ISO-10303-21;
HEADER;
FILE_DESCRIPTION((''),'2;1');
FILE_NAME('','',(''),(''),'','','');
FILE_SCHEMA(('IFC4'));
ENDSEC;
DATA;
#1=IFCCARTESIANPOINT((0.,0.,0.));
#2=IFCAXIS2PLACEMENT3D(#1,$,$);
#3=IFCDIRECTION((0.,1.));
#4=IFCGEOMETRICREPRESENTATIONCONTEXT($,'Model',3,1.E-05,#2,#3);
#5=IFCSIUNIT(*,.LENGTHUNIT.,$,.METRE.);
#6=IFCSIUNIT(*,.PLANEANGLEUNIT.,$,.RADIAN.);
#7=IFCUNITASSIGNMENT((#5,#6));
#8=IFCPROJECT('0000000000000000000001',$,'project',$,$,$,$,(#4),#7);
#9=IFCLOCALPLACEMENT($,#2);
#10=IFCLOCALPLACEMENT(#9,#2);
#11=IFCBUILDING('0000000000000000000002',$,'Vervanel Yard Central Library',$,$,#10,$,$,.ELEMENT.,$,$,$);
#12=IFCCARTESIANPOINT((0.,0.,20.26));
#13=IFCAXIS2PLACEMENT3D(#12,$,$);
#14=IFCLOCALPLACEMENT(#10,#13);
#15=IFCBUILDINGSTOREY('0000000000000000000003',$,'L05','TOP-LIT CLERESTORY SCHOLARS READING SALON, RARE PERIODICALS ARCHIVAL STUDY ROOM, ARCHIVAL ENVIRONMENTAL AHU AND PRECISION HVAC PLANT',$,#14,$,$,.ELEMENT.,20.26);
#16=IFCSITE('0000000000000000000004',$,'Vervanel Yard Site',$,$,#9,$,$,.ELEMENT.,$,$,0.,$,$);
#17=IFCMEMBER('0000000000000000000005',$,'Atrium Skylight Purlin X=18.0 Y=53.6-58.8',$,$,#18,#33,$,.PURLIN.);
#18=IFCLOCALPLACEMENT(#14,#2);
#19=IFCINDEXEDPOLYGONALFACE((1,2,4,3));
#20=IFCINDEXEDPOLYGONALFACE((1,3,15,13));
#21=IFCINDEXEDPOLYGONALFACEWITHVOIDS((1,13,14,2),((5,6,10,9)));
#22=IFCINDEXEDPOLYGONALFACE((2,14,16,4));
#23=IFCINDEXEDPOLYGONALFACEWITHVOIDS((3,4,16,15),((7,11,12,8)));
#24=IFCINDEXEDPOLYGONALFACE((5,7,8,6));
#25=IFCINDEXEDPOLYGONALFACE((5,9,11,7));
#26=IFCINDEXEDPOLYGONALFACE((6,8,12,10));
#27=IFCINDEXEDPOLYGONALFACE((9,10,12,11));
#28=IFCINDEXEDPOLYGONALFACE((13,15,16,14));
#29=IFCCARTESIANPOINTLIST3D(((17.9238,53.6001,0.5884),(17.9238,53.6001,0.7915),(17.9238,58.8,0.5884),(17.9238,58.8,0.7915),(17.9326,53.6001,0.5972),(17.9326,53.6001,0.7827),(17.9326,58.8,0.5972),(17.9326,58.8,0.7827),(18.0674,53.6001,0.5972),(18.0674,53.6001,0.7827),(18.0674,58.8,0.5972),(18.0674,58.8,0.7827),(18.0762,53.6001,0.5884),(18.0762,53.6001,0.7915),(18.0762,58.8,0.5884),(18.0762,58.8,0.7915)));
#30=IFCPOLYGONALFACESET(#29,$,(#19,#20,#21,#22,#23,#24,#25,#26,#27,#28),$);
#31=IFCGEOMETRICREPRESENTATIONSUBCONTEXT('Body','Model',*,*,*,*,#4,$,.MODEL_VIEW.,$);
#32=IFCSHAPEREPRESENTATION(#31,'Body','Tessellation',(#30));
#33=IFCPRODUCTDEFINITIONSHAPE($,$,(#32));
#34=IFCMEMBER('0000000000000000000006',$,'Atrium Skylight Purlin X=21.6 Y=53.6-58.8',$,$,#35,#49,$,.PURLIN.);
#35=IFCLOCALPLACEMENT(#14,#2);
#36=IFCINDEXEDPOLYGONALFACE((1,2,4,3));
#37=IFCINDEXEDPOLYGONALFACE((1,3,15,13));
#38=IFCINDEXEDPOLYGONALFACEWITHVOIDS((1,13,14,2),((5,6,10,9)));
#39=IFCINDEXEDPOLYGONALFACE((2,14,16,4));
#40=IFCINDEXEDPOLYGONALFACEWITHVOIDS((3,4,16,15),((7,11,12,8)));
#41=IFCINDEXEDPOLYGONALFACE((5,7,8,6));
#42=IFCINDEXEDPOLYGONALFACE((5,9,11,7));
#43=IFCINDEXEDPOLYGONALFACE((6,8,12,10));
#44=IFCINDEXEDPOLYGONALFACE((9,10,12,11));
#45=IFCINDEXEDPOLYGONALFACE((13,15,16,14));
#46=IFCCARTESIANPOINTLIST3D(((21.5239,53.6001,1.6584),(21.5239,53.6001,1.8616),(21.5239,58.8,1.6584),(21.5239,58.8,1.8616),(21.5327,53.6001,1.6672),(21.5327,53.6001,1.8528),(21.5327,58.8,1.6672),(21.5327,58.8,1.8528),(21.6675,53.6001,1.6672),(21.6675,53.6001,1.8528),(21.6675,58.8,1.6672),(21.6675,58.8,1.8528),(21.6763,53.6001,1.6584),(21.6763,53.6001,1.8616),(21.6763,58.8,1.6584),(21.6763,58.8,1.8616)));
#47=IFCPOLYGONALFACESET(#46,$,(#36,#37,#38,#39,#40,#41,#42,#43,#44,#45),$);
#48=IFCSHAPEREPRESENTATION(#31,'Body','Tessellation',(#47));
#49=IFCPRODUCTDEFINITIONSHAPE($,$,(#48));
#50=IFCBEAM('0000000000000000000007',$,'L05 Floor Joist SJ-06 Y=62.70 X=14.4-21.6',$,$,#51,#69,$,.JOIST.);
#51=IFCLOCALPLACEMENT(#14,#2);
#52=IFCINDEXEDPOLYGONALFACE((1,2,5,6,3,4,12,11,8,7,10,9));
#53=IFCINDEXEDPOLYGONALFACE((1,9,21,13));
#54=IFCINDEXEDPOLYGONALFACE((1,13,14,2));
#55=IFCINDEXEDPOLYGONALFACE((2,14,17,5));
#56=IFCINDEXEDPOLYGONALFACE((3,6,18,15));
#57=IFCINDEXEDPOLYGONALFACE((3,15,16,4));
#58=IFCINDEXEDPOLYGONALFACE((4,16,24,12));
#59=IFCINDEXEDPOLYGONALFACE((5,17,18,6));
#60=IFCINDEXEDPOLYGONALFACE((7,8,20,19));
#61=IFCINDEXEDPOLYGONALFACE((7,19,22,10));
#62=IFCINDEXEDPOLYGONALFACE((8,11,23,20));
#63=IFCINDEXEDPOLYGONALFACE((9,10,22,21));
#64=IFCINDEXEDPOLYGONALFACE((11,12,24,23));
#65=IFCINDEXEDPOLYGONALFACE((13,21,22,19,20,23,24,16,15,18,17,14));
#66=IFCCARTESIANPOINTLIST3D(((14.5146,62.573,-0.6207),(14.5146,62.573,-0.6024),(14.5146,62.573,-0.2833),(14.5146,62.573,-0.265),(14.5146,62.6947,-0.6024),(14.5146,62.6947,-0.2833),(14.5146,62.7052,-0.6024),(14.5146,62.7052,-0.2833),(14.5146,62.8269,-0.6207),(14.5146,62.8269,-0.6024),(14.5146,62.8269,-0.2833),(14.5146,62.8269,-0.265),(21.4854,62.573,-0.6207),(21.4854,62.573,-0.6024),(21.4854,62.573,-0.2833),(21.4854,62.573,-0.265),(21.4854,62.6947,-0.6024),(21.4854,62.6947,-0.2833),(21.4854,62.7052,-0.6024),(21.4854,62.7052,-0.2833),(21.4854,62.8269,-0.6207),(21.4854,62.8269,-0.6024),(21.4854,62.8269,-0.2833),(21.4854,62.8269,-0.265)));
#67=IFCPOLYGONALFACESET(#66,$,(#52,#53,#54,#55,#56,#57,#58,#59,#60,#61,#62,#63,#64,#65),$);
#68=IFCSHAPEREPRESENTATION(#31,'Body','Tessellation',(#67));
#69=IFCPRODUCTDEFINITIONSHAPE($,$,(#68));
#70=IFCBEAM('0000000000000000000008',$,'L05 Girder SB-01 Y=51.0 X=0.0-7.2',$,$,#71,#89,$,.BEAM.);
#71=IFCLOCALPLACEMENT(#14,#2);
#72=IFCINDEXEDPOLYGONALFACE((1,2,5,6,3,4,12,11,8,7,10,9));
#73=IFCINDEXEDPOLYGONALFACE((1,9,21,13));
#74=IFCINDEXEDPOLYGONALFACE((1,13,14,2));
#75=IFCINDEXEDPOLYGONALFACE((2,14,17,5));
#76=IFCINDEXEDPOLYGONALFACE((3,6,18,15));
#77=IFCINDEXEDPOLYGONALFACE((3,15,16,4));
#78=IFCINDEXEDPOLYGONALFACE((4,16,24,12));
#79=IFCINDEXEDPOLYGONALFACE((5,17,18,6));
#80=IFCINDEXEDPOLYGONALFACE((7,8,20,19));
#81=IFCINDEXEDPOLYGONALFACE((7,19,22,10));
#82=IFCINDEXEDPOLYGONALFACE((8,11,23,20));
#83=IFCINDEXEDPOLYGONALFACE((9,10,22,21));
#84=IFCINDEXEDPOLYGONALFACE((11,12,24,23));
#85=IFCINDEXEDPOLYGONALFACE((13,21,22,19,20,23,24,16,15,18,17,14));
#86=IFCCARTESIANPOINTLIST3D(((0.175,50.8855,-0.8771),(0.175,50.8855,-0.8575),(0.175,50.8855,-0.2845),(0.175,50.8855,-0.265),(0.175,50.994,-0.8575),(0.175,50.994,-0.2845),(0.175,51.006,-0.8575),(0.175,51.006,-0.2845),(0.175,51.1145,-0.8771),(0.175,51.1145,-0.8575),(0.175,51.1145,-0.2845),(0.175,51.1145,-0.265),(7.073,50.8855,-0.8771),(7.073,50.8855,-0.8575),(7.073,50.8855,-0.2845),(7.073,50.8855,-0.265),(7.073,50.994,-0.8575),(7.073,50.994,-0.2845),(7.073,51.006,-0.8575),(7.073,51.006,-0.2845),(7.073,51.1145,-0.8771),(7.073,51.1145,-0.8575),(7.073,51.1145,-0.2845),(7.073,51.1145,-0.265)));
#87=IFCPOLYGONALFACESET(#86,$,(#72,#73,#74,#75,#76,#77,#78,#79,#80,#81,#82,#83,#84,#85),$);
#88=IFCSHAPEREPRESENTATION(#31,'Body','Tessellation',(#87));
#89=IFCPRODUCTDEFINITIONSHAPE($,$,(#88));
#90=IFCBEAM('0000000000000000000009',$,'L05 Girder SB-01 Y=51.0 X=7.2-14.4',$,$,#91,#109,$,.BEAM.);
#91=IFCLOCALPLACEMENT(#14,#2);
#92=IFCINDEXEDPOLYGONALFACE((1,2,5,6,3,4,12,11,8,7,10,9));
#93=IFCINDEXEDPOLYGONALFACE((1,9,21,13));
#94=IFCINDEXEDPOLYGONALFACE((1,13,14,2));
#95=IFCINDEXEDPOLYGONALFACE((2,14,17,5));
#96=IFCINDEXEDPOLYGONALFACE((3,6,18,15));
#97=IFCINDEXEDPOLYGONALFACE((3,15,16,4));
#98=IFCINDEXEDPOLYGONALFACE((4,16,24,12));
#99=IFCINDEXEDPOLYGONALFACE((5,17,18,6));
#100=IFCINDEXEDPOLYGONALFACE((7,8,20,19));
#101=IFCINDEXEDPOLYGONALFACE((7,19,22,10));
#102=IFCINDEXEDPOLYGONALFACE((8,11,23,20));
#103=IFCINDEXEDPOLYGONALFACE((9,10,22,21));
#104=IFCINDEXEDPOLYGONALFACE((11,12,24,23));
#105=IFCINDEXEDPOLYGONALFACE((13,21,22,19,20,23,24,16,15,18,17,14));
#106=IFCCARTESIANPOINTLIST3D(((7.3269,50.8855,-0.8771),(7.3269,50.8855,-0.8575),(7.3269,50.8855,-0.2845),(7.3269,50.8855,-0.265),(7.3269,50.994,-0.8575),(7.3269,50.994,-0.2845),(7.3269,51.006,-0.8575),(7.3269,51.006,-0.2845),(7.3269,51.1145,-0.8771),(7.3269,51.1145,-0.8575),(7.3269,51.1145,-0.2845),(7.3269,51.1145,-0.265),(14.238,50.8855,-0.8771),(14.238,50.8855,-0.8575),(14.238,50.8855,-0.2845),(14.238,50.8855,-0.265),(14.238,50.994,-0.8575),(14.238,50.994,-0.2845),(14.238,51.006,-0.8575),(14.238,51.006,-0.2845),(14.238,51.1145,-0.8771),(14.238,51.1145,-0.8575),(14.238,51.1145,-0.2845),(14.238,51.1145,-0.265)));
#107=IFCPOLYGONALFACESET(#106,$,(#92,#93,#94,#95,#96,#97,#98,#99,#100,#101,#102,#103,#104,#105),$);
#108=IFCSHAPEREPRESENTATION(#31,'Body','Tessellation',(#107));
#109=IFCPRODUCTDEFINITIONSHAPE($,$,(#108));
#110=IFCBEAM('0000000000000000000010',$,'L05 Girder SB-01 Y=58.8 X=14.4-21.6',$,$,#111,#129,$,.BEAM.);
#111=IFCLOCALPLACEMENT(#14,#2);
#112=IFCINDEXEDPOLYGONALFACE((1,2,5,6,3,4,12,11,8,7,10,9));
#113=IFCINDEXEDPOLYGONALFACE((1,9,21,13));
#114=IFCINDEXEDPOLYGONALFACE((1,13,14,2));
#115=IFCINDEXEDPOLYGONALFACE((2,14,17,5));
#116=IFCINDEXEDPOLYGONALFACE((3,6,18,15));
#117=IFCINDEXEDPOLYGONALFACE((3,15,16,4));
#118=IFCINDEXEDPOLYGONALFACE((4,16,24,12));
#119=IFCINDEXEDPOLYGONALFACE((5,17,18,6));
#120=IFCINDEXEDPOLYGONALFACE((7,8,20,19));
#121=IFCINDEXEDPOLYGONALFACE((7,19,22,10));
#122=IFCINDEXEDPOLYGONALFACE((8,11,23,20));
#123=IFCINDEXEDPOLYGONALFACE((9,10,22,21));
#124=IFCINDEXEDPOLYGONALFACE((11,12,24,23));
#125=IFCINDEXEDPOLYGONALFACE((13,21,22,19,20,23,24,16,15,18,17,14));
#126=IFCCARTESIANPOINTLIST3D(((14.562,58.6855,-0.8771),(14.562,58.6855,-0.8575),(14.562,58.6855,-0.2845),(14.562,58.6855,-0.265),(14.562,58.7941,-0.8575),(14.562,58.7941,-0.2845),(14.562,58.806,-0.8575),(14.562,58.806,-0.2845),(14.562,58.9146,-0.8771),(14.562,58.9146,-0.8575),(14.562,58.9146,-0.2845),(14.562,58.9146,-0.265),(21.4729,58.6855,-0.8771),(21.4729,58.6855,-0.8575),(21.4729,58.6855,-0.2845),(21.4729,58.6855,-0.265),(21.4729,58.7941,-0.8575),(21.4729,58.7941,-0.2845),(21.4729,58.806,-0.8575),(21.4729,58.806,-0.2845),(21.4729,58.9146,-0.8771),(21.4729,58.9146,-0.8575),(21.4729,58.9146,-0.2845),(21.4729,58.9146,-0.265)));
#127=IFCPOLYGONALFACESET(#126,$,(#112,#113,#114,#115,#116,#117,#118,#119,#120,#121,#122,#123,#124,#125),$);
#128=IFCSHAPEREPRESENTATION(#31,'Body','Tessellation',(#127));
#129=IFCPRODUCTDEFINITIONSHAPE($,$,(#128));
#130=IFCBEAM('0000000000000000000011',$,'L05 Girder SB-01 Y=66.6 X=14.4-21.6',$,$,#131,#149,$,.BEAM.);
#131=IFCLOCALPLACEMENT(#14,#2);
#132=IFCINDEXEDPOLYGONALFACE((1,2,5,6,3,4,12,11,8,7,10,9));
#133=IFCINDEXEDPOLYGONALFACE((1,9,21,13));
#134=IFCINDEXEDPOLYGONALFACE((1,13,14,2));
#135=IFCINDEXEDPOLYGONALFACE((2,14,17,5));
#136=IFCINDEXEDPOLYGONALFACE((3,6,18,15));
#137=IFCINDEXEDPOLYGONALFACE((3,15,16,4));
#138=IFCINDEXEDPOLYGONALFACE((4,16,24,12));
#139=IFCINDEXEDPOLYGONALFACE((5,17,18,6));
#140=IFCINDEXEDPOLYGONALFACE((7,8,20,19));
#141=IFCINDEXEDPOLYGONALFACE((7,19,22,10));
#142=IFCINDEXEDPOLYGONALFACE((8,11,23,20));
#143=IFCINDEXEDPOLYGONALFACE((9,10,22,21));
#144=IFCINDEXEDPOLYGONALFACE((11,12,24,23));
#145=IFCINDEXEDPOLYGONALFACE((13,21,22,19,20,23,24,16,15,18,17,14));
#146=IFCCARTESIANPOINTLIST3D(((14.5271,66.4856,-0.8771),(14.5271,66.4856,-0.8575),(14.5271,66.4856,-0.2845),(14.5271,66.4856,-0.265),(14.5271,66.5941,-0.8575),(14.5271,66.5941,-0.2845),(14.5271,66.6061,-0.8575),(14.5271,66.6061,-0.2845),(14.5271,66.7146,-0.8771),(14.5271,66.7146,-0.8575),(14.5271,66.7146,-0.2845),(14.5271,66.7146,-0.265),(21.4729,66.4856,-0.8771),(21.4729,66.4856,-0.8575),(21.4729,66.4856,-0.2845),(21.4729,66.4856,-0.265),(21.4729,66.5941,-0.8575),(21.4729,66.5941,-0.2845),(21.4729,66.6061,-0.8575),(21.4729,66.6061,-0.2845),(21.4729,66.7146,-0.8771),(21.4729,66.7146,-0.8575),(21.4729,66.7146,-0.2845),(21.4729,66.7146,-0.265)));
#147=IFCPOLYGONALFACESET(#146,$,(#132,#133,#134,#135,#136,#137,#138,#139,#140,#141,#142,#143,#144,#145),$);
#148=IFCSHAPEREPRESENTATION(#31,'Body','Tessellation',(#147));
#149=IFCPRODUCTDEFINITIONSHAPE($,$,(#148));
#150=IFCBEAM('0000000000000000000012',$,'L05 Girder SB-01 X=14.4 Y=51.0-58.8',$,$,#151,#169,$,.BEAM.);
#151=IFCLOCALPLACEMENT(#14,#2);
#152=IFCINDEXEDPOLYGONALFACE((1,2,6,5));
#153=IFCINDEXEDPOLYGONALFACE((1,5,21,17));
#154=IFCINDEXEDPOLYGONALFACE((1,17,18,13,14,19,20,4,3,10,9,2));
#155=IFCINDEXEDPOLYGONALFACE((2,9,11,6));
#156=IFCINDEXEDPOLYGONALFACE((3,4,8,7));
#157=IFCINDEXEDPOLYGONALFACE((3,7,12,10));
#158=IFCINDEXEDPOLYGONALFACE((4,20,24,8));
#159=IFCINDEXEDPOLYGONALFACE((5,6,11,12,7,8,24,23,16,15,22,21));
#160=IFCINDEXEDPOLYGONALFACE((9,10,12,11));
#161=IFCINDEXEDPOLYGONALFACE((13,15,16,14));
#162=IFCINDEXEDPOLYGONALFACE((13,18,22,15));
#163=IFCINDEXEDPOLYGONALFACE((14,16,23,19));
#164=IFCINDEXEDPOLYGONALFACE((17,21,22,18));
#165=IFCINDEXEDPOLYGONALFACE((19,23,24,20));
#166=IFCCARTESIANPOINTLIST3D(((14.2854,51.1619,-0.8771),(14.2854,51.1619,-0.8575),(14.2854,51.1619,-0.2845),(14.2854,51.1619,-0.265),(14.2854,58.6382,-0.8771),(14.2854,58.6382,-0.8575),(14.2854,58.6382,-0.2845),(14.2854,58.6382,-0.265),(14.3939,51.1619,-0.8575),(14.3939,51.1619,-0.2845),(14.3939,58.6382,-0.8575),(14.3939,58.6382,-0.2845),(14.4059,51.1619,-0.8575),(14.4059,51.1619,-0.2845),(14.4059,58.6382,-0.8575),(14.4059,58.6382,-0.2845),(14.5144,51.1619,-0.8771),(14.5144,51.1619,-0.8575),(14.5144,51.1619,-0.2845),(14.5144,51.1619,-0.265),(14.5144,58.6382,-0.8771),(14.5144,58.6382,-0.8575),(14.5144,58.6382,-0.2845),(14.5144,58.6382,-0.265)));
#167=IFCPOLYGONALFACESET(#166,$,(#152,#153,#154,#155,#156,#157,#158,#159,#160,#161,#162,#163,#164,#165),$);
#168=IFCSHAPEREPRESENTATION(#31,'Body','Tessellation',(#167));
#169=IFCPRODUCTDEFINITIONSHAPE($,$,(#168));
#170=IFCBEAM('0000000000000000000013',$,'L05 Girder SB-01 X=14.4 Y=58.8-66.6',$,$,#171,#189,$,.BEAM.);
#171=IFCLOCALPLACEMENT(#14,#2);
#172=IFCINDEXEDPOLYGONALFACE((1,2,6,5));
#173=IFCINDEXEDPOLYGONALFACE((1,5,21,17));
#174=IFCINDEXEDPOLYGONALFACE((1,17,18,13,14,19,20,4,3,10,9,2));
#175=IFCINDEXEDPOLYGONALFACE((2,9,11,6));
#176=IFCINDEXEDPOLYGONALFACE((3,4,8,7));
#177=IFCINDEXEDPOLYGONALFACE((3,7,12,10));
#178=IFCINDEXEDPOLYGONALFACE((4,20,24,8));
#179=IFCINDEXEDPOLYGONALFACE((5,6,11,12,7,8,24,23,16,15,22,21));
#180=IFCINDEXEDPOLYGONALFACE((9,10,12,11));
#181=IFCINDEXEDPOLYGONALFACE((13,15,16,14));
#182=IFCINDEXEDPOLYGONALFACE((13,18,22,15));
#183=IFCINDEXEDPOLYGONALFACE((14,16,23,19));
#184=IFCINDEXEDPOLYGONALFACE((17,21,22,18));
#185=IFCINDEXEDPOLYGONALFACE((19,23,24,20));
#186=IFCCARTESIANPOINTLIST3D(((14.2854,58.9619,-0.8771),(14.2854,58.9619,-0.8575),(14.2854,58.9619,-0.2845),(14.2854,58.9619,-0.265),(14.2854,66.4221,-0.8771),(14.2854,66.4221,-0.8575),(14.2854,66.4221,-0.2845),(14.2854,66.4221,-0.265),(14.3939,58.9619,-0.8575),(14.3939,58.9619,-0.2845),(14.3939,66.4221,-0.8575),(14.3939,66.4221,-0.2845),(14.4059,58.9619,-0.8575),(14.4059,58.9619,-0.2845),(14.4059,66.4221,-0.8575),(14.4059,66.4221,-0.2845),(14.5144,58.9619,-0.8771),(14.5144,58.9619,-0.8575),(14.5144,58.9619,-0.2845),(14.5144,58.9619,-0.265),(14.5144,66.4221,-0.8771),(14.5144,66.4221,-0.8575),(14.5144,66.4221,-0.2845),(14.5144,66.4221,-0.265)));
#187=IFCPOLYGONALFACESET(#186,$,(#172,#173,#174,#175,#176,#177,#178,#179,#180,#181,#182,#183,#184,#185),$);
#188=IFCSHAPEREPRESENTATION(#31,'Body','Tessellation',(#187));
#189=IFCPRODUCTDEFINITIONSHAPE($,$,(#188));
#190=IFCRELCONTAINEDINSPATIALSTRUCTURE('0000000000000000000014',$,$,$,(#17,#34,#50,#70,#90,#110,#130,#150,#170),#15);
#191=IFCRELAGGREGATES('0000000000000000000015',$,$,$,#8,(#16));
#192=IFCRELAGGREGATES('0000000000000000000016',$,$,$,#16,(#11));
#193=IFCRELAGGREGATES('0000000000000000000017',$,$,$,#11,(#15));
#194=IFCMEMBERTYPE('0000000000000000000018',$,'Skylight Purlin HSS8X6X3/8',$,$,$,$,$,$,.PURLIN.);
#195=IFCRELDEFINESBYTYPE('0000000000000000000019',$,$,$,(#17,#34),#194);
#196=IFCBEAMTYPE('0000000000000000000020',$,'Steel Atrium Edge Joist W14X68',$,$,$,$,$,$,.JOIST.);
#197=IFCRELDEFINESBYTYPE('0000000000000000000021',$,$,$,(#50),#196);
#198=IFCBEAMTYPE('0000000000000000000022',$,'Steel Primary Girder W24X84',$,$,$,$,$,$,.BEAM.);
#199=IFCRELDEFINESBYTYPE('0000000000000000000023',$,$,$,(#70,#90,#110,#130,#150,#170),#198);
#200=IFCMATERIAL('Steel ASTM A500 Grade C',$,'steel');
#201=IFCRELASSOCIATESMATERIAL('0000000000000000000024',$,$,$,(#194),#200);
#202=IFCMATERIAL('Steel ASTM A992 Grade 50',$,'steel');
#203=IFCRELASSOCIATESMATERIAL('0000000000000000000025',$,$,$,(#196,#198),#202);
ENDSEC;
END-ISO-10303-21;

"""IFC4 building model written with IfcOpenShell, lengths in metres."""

from ifc_helpers import new_model, si_unit, direction, frame, origin, origin_2d, place, context, subcontext, project, spatial, hollow_rectangle, i_section, extrude, material, material_profile, profile_set, type_object, element, save


model = new_model("IFC4")

# Units and contexts
model_context = context("Model", 3, precision=1e-05, world=origin(), true_north=direction((0.0, 1.0)))
body_context = subcontext(model_context, "Body", "Model", "MODEL_VIEW")
ifc_project = project(units=[si_unit("LENGTHUNIT", "METRE"), si_unit("PLANEANGLEUNIT", "RADIAN")], contexts=[model_context])

# Site, building, storey
site_placement = place(None, origin())
site = spatial("IfcSite", under=ifc_project, at=site_placement, Name="Vervanel Yard Site", CompositionType="ELEMENT", RefElevation=0.0)
building_placement = place(site_placement, origin())
building = spatial("IfcBuilding", under=site, at=building_placement, Name="Vervanel Yard Central Library", CompositionType="ELEMENT")
storey_placement = place(building_placement, frame((0.0, 0.0, 20.26)))
storey = spatial("IfcBuildingStorey", under=building, at=storey_placement, Name="L05", Description="TOP-LIT CLERESTORY SCHOLARS READING SALON, RARE PERIODICALS ARCHIVAL STUDY ROOM, ARCHIVAL ENVIRONMENTAL AHU AND PRECISION HVAC PLANT", CompositionType="ELEMENT", Elevation=20.26)

# Members
ifc_material_1 = material(Name="Steel ASTM A500 Grade C", Category="steel")
ifc_material_profile_1 = material_profile(ifc_material_1, hollow_rectangle(XDim=0.1523, YDim=0.2031, WallThickness=0.0088, at=origin_2d()), Name="HSS8X6X3/8", Category="steel")
ifc_profile_set_1 = profile_set([ifc_material_profile_1], Name="Steel ASTM A500 Grade C")
member_type_1 = type_object("IfcMemberType", Name="Skylight Purlin HSS8X6X3/8", PredefinedType="PURLIN", material=ifc_profile_set_1)
for number, where, z_axis, x_axis, name in (
    (1, (18.0, 53.6001, 0.6899), (0.0, 1.0, 0.0), (-1.0, 0.0, 0.0), "Atrium Skylight Purlin X=18.0 Y=53.6-58.8"),
    (2, (21.6001, 53.6001, 1.76), (0.0, 1.0, 0.0), (-1.0, 0.0, 0.0), "Atrium Skylight Purlin X=21.6 Y=53.6-58.8"),
):
    element("IfcMember", number, at=place(storey_placement, frame(where, z_axis=z_axis, x_axis=x_axis)), inside=storey, type_object=member_type_1, Name=name, PredefinedType="PURLIN", context=body_context, shape_type="SweptSolid", body=[
        extrude(hollow_rectangle(XDim=0.1523, YDim=0.2031, WallThickness=0.0088, at=origin_2d()), origin(), (0.0, 0.0, 1.0), 5.2),
    ])

# Beams
ifc_material_2 = material(Name="Steel ASTM A992 Grade 50", Category="steel")
ifc_material_profile_2 = material_profile(ifc_material_2, i_section(OverallWidth=0.2539, OverallDepth=0.3557, WebThickness=0.0105, FlangeThickness=0.0183, at=origin_2d()), Name="W14X68", Category="steel")
ifc_profile_set_2 = profile_set([ifc_material_profile_2], Name="Steel ASTM A992 Grade 50")
beam_type_1 = type_object("IfcBeamType", Name="Steel Atrium Edge Joist W14X68", PredefinedType="JOIST", material=ifc_profile_set_2)
beam_1_placement = place(storey_placement, frame((14.5146, 62.7, -0.4429), z_axis=(1.0, 0.0, 0.0), x_axis=(0.0, 1.0, 0.0)))
element("IfcBeam", 3, at=beam_1_placement, inside=storey, type_object=beam_type_1, Name="L05 Floor Joist SJ-06 Y=62.70 X=14.4-21.6", PredefinedType="JOIST", context=body_context, shape_type="SweptSolid", body=[
    extrude(i_section(OverallWidth=0.2539, OverallDepth=0.3557, WebThickness=0.0105, FlangeThickness=0.0183, at=origin_2d()), origin(), (0.0, 0.0, 1.0), 6.9707),
])
ifc_material_profile_3 = material_profile(ifc_material_2, i_section(OverallWidth=0.229, OverallDepth=0.6121, WebThickness=0.012, FlangeThickness=0.0195, at=origin_2d()), Name="W24X84", Category="steel")
ifc_profile_set_3 = profile_set([ifc_material_profile_3], Name="Steel ASTM A992 Grade 50")
beam_type_2 = type_object("IfcBeamType", Name="Steel Primary Girder W24X84", PredefinedType="BEAM", material=ifc_profile_set_3)
beam_2_placement = place(storey_placement, frame((0.175, 51.0, -0.571), z_axis=(1.0, 0.0, 0.0), x_axis=(0.0, 1.0, 0.0)))
element("IfcBeam", 4, at=beam_2_placement, inside=storey, type_object=beam_type_2, Name="L05 Girder SB-01 Y=51.0 X=0.0-7.2", PredefinedType="BEAM", context=body_context, shape_type="SweptSolid", body=[
    extrude(i_section(OverallWidth=0.229, OverallDepth=0.6121, WebThickness=0.012, FlangeThickness=0.0195, at=origin_2d()), origin(), (0.0, 0.0, 1.0), 6.8979),
])
beam_3_placement = place(storey_placement, frame((7.3269, 51.0, -0.571), z_axis=(1.0, 0.0, 0.0), x_axis=(0.0, 1.0, 0.0)))
element("IfcBeam", 5, at=beam_3_placement, inside=storey, type_object=beam_type_2, Name="L05 Girder SB-01 Y=51.0 X=7.2-14.4", PredefinedType="BEAM", context=body_context, shape_type="SweptSolid", body=[
    extrude(i_section(OverallWidth=0.229, OverallDepth=0.6121, WebThickness=0.012, FlangeThickness=0.0195, at=origin_2d()), origin(), (0.0, 0.0, 1.0), 6.9111),
])
beam_4_placement = place(storey_placement, frame((14.562, 58.8, -0.571), z_axis=(1.0, 0.0, 0.0), x_axis=(0.0, 1.0, 0.0)))
element("IfcBeam", 6, at=beam_4_placement, inside=storey, type_object=beam_type_2, Name="L05 Girder SB-01 Y=58.8 X=14.4-21.6", PredefinedType="BEAM", context=body_context, shape_type="SweptSolid", body=[
    extrude(i_section(OverallWidth=0.229, OverallDepth=0.6121, WebThickness=0.012, FlangeThickness=0.0195, at=origin_2d()), origin(), (0.0, 0.0, 1.0), 6.9109),
])
beam_5_placement = place(storey_placement, frame((14.5271, 66.6001, -0.571), z_axis=(1.0, 0.0, 0.0), x_axis=(0.0, 1.0, 0.0)))
element("IfcBeam", 7, at=beam_5_placement, inside=storey, type_object=beam_type_2, Name="L05 Girder SB-01 Y=66.6 X=14.4-21.6", PredefinedType="BEAM", context=body_context, shape_type="SweptSolid", body=[
    extrude(i_section(OverallWidth=0.229, OverallDepth=0.6121, WebThickness=0.012, FlangeThickness=0.0195, at=origin_2d()), origin(), (0.0, 0.0, 1.0), 6.9458),
])
beam_6_placement = place(storey_placement, frame((14.3999, 51.1619, -0.571), z_axis=(0.0, 1.0, 0.0), x_axis=(-1.0, 0.0, 0.0)))
element("IfcBeam", 8, at=beam_6_placement, inside=storey, type_object=beam_type_2, Name="L05 Girder SB-01 X=14.4 Y=51.0-58.8", PredefinedType="BEAM", context=body_context, shape_type="SweptSolid", body=[
    extrude(i_section(OverallWidth=0.229, OverallDepth=0.6121, WebThickness=0.012, FlangeThickness=0.0195, at=origin_2d()), origin(), (0.0, 0.0, 1.0), 7.4763),
])
beam_7_placement = place(storey_placement, frame((14.3999, 58.9619, -0.571), z_axis=(0.0, 1.0, 0.0), x_axis=(-1.0, 0.0, 0.0)))
element("IfcBeam", 9, at=beam_7_placement, inside=storey, type_object=beam_type_2, Name="L05 Girder SB-01 X=14.4 Y=58.8-66.6", PredefinedType="BEAM", context=body_context, shape_type="SweptSolid", body=[
    extrude(i_section(OverallWidth=0.229, OverallDepth=0.6121, WebThickness=0.012, FlangeThickness=0.0195, at=origin_2d()), origin(), (0.0, 0.0, 1.0), 7.4602),
])

save(model, "model.ifc")
